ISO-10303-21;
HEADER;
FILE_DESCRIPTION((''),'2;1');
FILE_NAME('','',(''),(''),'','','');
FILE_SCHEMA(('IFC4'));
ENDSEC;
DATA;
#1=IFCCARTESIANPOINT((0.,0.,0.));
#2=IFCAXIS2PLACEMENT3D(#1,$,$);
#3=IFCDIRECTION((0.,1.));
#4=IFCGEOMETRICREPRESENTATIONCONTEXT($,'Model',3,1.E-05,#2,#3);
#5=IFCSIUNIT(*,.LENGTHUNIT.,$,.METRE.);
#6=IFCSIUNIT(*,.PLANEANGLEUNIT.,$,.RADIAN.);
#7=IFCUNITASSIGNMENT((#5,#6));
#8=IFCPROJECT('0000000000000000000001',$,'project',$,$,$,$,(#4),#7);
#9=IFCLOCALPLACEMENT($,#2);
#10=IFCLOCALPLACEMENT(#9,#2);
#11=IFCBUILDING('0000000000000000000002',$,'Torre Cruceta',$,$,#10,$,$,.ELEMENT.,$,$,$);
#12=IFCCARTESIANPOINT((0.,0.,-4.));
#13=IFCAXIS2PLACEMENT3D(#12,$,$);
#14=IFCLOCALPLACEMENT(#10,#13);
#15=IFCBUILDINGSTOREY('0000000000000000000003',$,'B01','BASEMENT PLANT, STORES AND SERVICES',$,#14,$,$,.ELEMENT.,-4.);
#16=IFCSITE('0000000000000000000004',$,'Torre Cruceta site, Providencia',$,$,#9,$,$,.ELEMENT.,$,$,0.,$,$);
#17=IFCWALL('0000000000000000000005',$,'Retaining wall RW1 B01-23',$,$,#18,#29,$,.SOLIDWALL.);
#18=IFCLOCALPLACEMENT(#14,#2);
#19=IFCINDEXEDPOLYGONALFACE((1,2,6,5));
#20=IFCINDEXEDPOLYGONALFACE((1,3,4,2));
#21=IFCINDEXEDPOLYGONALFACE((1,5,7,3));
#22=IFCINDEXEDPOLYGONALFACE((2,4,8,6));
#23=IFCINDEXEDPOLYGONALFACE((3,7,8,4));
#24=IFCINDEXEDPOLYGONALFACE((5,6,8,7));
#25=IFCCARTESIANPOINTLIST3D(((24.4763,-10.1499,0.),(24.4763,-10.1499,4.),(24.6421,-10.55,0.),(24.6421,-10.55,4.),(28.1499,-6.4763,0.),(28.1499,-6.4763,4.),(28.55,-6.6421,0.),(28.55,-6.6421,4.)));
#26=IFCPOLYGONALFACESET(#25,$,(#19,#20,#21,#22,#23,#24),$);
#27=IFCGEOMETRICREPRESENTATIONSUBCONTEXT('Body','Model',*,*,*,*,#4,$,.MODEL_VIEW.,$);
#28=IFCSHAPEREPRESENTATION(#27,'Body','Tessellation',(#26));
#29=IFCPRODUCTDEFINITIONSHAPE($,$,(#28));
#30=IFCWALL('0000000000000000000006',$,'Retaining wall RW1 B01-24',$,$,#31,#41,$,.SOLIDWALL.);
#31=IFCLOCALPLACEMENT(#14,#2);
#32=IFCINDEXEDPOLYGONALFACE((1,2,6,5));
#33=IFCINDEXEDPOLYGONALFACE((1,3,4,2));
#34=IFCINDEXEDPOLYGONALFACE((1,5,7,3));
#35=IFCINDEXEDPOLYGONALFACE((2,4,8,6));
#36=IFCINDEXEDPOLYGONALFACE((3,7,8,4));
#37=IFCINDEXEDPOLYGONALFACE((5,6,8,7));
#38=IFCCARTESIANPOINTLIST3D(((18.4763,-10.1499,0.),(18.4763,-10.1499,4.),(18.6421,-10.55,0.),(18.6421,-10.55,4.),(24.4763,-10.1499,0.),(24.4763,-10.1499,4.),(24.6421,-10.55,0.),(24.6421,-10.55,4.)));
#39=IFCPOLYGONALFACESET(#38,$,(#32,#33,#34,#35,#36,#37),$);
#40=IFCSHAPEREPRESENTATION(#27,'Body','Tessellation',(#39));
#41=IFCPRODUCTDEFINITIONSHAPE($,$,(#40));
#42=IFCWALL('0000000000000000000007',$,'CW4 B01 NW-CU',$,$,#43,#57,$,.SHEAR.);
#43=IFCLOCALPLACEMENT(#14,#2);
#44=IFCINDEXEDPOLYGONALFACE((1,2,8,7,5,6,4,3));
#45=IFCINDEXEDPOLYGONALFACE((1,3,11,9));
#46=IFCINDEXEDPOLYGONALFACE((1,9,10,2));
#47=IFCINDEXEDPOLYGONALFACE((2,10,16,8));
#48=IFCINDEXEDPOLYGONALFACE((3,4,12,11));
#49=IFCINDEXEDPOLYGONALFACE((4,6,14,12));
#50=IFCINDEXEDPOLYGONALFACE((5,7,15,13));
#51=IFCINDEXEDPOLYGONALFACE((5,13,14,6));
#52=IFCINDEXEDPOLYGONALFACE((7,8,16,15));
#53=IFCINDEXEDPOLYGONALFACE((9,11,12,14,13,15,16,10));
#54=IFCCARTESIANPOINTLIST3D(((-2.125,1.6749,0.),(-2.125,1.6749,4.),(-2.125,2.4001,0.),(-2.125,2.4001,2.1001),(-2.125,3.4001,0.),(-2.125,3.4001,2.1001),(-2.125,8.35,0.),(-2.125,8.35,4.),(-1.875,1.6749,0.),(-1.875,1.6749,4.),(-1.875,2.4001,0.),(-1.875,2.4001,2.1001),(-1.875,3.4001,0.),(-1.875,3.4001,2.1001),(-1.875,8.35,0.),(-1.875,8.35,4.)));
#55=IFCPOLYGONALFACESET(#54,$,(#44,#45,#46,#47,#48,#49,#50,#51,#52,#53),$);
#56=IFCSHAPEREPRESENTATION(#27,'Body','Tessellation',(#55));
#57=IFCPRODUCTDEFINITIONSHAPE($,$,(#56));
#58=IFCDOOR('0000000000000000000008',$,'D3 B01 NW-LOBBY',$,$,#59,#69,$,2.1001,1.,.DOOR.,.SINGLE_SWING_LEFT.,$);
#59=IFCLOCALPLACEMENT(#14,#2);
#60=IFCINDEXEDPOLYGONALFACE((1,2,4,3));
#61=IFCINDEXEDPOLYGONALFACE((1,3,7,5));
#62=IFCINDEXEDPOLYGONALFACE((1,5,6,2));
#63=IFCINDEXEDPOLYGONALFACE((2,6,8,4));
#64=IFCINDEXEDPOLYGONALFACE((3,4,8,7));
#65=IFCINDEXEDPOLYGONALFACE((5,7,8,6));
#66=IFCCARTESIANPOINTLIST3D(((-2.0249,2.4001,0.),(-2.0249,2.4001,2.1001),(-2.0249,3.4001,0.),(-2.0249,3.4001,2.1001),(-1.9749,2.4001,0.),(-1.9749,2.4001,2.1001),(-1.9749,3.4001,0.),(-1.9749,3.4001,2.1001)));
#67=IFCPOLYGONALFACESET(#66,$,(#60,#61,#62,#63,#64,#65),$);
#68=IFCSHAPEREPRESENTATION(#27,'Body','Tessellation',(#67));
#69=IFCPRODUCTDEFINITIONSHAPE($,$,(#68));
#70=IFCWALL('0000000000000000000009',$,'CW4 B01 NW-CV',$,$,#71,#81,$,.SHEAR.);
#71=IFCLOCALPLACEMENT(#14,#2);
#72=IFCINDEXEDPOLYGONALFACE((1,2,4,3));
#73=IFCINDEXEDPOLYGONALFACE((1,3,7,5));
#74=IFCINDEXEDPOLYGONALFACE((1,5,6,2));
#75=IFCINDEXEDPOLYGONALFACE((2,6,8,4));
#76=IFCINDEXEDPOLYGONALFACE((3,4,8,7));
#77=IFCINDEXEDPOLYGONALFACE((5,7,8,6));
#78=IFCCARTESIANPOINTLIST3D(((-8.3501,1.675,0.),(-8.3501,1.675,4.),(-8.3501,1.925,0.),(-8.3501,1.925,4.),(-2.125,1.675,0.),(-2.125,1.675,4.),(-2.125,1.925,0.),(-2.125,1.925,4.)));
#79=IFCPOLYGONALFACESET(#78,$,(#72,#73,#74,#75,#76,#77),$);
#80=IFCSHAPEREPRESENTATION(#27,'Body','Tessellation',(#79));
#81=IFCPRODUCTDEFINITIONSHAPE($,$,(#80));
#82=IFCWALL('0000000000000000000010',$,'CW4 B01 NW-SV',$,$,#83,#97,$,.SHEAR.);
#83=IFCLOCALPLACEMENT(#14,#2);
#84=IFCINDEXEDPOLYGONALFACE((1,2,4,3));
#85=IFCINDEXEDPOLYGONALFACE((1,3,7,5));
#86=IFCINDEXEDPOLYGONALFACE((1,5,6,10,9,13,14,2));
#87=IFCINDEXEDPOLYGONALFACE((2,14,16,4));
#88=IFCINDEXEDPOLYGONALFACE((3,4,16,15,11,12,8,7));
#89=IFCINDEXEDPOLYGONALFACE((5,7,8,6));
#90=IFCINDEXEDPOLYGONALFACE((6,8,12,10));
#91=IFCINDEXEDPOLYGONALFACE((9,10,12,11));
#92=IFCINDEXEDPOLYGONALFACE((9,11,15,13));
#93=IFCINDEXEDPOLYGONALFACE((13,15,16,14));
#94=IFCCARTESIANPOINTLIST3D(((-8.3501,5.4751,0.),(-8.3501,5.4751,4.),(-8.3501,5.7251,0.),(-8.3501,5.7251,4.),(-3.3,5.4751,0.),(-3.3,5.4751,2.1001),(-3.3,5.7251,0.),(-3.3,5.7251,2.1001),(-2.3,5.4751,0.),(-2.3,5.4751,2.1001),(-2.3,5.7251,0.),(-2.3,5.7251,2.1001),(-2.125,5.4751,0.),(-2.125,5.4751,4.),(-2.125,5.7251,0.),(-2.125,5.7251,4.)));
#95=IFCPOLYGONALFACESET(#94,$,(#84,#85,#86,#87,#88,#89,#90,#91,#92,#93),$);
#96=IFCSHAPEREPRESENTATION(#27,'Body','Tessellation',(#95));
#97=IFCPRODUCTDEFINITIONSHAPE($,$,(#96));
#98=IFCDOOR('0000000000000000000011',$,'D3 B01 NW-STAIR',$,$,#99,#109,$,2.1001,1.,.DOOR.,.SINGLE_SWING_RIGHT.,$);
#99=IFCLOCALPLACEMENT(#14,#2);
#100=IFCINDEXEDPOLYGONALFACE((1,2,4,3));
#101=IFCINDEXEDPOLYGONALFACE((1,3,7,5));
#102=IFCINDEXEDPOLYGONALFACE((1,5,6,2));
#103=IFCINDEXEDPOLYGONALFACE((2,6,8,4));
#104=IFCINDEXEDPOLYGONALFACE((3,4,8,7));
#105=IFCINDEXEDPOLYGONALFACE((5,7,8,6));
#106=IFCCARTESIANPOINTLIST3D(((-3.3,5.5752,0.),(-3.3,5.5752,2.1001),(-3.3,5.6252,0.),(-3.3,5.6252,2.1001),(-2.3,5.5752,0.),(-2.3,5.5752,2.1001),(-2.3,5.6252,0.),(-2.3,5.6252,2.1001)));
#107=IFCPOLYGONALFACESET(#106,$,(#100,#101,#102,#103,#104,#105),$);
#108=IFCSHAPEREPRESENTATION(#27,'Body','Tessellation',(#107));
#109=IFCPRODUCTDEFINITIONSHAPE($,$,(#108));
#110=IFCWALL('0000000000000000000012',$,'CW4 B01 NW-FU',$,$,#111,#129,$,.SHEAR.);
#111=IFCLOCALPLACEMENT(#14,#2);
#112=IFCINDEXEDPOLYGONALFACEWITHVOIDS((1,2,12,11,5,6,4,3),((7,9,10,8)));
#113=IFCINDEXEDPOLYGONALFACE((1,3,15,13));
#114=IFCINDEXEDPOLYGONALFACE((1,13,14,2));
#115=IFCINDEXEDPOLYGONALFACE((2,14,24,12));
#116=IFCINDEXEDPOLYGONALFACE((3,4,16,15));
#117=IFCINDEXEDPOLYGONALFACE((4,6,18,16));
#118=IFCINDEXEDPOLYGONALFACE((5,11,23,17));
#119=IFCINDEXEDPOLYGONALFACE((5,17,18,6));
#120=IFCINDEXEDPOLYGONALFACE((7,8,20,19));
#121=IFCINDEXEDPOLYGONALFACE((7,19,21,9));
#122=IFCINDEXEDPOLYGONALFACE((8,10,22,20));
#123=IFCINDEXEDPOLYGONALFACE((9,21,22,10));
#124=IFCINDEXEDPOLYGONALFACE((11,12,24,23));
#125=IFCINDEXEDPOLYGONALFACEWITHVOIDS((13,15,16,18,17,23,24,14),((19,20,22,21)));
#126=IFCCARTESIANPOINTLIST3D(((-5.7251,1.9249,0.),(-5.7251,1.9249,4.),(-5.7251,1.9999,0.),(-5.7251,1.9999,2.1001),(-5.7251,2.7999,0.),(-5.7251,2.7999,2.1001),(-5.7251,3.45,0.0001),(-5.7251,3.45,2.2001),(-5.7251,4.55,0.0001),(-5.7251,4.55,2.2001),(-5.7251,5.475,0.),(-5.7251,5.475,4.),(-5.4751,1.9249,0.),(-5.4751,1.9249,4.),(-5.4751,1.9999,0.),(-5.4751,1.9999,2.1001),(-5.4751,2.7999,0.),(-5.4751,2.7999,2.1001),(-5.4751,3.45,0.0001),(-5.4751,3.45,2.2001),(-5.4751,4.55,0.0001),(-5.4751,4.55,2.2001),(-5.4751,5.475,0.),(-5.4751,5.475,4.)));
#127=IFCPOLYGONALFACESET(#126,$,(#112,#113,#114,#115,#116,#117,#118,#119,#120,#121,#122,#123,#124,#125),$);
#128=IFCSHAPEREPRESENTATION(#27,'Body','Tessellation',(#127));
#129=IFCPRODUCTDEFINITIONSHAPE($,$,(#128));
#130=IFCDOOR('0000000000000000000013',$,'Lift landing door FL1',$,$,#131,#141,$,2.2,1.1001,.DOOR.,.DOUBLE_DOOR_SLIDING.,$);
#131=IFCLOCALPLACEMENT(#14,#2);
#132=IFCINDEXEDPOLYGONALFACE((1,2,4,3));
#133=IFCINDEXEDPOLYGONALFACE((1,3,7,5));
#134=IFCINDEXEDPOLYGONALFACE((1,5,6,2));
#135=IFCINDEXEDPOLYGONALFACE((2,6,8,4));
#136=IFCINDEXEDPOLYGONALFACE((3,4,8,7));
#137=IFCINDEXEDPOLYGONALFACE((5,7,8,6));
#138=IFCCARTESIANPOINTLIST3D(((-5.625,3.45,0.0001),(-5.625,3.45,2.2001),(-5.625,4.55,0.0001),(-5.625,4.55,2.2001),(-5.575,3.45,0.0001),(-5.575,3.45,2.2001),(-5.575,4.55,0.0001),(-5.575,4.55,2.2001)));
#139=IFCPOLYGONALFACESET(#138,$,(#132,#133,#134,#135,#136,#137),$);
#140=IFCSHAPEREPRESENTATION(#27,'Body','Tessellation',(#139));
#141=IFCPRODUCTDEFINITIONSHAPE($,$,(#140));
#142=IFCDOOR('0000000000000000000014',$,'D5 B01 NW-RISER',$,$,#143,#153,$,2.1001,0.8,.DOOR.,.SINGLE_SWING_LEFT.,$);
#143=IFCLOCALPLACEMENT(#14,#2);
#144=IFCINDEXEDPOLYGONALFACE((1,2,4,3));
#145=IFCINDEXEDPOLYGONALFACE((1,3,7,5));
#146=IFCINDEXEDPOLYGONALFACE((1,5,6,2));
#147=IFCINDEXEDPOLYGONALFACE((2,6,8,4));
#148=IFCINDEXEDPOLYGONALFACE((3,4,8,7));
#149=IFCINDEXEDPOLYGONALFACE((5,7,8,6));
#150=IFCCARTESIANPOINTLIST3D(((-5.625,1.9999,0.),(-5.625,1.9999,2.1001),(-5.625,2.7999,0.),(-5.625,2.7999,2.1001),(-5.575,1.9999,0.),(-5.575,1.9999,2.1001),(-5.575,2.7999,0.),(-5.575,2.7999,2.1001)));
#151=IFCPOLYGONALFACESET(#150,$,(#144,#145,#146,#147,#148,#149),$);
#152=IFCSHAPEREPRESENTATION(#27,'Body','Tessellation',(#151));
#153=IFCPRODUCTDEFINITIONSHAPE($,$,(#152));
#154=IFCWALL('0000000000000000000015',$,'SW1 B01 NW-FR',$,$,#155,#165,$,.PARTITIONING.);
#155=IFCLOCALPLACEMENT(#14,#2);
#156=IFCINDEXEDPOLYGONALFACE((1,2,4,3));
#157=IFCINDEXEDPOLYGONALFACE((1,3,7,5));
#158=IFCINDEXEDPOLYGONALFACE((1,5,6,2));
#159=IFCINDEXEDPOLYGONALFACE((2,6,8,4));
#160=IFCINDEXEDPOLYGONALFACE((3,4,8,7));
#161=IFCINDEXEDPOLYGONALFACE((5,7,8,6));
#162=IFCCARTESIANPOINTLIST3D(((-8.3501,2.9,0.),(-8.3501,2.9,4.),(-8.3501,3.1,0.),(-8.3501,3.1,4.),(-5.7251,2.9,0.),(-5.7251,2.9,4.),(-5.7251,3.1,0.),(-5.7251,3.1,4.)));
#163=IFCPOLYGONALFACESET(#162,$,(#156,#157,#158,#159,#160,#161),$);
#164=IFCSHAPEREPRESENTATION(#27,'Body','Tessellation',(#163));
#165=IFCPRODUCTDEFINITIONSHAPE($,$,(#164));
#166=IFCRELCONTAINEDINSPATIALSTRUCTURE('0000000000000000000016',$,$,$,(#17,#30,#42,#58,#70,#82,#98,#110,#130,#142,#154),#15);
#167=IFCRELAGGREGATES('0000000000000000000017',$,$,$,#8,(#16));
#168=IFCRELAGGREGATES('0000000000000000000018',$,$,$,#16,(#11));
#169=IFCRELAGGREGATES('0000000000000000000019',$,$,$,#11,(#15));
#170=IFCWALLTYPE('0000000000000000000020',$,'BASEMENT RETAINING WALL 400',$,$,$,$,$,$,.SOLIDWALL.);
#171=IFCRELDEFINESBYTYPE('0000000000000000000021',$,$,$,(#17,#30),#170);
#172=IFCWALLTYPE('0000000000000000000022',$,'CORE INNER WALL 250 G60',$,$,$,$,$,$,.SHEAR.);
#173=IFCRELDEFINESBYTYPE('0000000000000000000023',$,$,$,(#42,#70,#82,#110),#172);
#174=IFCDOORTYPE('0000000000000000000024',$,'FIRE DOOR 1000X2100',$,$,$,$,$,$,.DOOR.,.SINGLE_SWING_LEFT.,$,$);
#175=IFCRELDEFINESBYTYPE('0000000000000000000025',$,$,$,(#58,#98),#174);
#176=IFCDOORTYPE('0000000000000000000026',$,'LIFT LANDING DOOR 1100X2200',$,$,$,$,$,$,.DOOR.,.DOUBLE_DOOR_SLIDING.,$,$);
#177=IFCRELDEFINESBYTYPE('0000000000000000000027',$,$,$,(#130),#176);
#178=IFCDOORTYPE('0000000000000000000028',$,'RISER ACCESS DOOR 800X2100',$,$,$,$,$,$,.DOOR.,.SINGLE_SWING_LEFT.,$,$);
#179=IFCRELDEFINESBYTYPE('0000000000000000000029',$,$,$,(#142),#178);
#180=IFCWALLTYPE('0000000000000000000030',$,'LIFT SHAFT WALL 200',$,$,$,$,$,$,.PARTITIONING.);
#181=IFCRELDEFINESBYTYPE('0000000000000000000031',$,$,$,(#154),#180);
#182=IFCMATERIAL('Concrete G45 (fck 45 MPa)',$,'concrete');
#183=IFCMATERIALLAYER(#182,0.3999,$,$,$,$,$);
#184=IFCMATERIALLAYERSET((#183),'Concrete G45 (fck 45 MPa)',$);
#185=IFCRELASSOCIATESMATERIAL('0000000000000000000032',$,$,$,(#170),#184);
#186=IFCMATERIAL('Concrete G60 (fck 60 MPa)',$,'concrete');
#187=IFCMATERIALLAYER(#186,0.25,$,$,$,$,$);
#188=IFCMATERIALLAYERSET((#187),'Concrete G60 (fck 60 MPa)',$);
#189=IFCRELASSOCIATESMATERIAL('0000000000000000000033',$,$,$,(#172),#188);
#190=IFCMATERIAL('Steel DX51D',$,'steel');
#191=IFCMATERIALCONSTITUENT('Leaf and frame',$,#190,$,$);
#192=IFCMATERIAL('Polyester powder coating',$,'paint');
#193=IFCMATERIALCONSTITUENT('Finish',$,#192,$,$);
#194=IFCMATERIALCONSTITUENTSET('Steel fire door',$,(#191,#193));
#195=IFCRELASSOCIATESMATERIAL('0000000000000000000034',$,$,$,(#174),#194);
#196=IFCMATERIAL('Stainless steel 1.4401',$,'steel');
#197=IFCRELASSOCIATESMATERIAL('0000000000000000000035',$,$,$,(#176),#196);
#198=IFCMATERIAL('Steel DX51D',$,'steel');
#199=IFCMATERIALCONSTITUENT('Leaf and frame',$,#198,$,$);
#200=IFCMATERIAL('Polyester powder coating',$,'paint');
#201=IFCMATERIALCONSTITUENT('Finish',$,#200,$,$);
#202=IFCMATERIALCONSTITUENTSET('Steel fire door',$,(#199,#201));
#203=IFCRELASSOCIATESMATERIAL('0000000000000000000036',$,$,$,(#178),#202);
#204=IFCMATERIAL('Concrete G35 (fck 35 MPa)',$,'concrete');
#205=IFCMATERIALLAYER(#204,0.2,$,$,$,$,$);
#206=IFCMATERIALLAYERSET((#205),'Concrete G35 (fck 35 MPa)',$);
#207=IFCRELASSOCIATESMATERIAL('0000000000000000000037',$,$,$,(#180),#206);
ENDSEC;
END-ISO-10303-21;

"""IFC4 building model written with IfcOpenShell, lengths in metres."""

from ifc_helpers import new_model, si_unit, direction, frame, frame_2d, origin, place, context, subcontext, project, spatial, polyline, rectangle, outline, extrude, material, layer, layer_set, constituent, constituent_set, type_object, element, fill, save


model = new_model("IFC4")

# Units and contexts
model_context = context("Model", 3, precision=1e-05, world=origin(), true_north=direction((0.0, 1.0)))
body_context = subcontext(model_context, "Body", "Model", "MODEL_VIEW")
ifc_project = project(units=[si_unit("LENGTHUNIT", "METRE"), si_unit("PLANEANGLEUNIT", "RADIAN")], contexts=[model_context])

# Site, building, storey
site_placement = place(None, origin())
site = spatial("IfcSite", under=ifc_project, at=site_placement, Name="Torre Cruceta site, Providencia", CompositionType="ELEMENT", RefElevation=0.0)
building_placement = place(site_placement, origin())
building = spatial("IfcBuilding", under=site, at=building_placement, Name="Torre Cruceta", CompositionType="ELEMENT")
storey_placement = place(building_placement, frame((0.0, 0.0, -4.0)))
storey = spatial("IfcBuildingStorey", under=building, at=storey_placement, Name="B01", Description="BASEMENT PLANT, STORES AND SERVICES", CompositionType="ELEMENT", Elevation=-4.0)

# Walls
ifc_material_1 = material(Name="Concrete G45 (fck 45 MPa)", Category="concrete")
ifc_layer_1 = layer(ifc_material_1, 0.3999)
ifc_layer_set_1 = layer_set([ifc_layer_1], Name="Concrete G45 (fck 45 MPa)")
wall_type_1 = type_object("IfcWallType", Name="BASEMENT RETAINING WALL 400", PredefinedType="SOLIDWALL", material=ifc_layer_set_1)
wall_1_placement = place(storey_placement, origin())
element("IfcWall", 1, at=wall_1_placement, inside=storey, type_object=wall_type_1, Name="Retaining wall RW1 B01-23", PredefinedType="SOLIDWALL", context=body_context, shape_type="SweptSolid", body=[
    extrude(outline(polyline([(28.1499, -6.4763), (28.55, -6.6421), (24.6421, -10.55), (24.4763, -10.1499), (28.1499, -6.4763)])), origin(), (0.0, 0.0, 1.0), 4.0),
])
wall_2_placement = place(storey_placement, origin())
element("IfcWall", 2, at=wall_2_placement, inside=storey, type_object=wall_type_1, Name="Retaining wall RW1 B01-24", PredefinedType="SOLIDWALL", context=body_context, shape_type="SweptSolid", body=[
    extrude(outline(polyline([(24.4763, -10.1499), (24.6421, -10.55), (18.6421, -10.55), (18.4763, -10.1499), (24.4763, -10.1499)])), origin(), (0.0, 0.0, 1.0), 4.0),
])

# Wall, opening, door
ifc_material_2 = material(Name="Concrete G60 (fck 60 MPa)", Category="concrete")
ifc_layer_2 = layer(ifc_material_2, 0.25)
ifc_layer_set_2 = layer_set([ifc_layer_2], Name="Concrete G60 (fck 60 MPa)")
wall_type_2 = type_object("IfcWallType", Name="CORE INNER WALL 250 G60", PredefinedType="SHEAR", material=ifc_layer_set_2)
wall_3_placement = place(storey_placement, frame((-2.0, 1.675, 0.0), z_axis=(0.0, 0.0, 1.0), x_axis=(0.0, 1.0, 0.0)))
wall_3 = element("IfcWall", 3, at=wall_3_placement, inside=storey, type_object=wall_type_2, Name="CW4 B01 NW-CU", PredefinedType="SHEAR", context=body_context, shape_type="SweptSolid", body=[
    extrude(rectangle(XDim=6.675, YDim=0.25, at=frame_2d((3.3374, 0.0))), origin(), (0.0, 0.0, 1.0), 4.0),
])
opening_1_placement = place(wall_3_placement, frame((0.7251, 0.0, 0.0)))
opening_1 = element("IfcOpeningElement", 4, at=opening_1_placement, cuts=wall_3, PredefinedType="OPENING", context=body_context, shape_type="SweptSolid", body=[
    extrude(rectangle(XDim=1.0, YDim=2.1001, at=frame_2d((0.5, 1.05))), frame((0.0, 0.135, 0.0), z_axis=(0.0, -1.0, 0.0), x_axis=(1.0, 0.0, 0.0)), (0.0, 0.0, 1.0), 0.27),
])
ifc_material_3 = material(Name="Steel DX51D", Category="steel")
ifc_constituent_1 = constituent(ifc_material_3, Name="Leaf and frame")
ifc_material_4 = material(Name="Polyester powder coating", Category="paint")
ifc_constituent_2 = constituent(ifc_material_4, Name="Finish")
ifc_constituent_set_1 = constituent_set(constituents=[ifc_constituent_1, ifc_constituent_2], Name="Steel fire door")
door_type_1 = type_object("IfcDoorType", Name="FIRE DOOR 1000X2100", OperationType="SINGLE_SWING_LEFT", PredefinedType="DOOR", material=ifc_constituent_set_1)
door_1_placement = place(opening_1_placement, origin())
door_1 = element("IfcDoor", 5, at=door_1_placement, inside=storey, type_object=door_type_1, Name="D3 B01 NW-LOBBY", OperationType="SINGLE_SWING_LEFT", OverallHeight=2.1001, OverallWidth=1.0, PredefinedType="DOOR", context=body_context, shape_type="SweptSolid", body=[
    extrude(rectangle(XDim=1.0, YDim=2.1001, at=frame_2d((0.5, 1.05))), frame((0.0, 0.0249, 0.0), z_axis=(0.0, -1.0, 0.0), x_axis=(1.0, 0.0, 0.0)), (0.0, 0.0, 1.0), 0.05),
])
fill(opening_1, door_1)

# Wall
wall_4_placement = place(storey_placement, frame((-2.125, 1.8, 0.0), z_axis=(0.0, 0.0, 1.0), x_axis=(-1.0, 0.0, 0.0)))
element("IfcWall", 6, at=wall_4_placement, inside=storey, type_object=wall_type_2, Name="CW4 B01 NW-CV", PredefinedType="SHEAR", context=body_context, shape_type="SweptSolid", body=[
    extrude(rectangle(XDim=6.2251, YDim=0.25, at=frame_2d((3.1125, 0.0))), origin(), (0.0, 0.0, 1.0), 4.0),
])

# Wall, opening, door
wall_5_placement = place(storey_placement, frame((-2.125, 5.6001, 0.0), z_axis=(0.0, 0.0, 1.0), x_axis=(-1.0, 0.0, 0.0)))
wall_5 = element("IfcWall", 7, at=wall_5_placement, inside=storey, type_object=wall_type_2, Name="CW4 B01 NW-SV", PredefinedType="SHEAR", context=body_context, shape_type="SweptSolid", body=[
    extrude(rectangle(XDim=6.2251, YDim=0.25, at=frame_2d((3.1125, 0.0))), origin(), (0.0, 0.0, 1.0), 4.0),
])
opening_2_placement = place(wall_5_placement, frame((0.175, 0.0, 0.0)))
opening_2 = element("IfcOpeningElement", 8, at=opening_2_placement, cuts=wall_5, PredefinedType="OPENING", context=body_context, shape_type="SweptSolid", body=[
    extrude(rectangle(XDim=1.0, YDim=2.1001, at=frame_2d((0.5, 1.05))), frame((0.0, 0.135, 0.0), z_axis=(0.0, -1.0, 0.0), x_axis=(1.0, 0.0, 0.0)), (0.0, 0.0, 1.0), 0.27),
])
door_2_placement = place(opening_2_placement, frame((1.0, 0.0, 0.0), z_axis=(0.0, 0.0, 1.0), x_axis=(-1.0, 0.0, 0.0)))
door_2 = element("IfcDoor", 9, at=door_2_placement, inside=storey, type_object=door_type_1, Name="D3 B01 NW-STAIR", OperationType="SINGLE_SWING_RIGHT", OverallHeight=2.1001, OverallWidth=1.0, PredefinedType="DOOR", context=body_context, shape_type="SweptSolid", body=[
    extrude(rectangle(XDim=1.0, YDim=2.1001, at=frame_2d((0.5, 1.05))), frame((0.0, 0.0251, 0.0), z_axis=(0.0, -1.0, 0.0), x_axis=(1.0, 0.0, 0.0)), (0.0, 0.0, 1.0), 0.05),
])
fill(opening_2, door_2)

# Wall, openings, doors
wall_6_placement = place(storey_placement, frame((-5.6001, 1.925, 0.0), z_axis=(0.0, 0.0, 1.0), x_axis=(0.0, 1.0, 0.0)))
wall_6 = element("IfcWall", 10, at=wall_6_placement, inside=storey, type_object=wall_type_2, Name="CW4 B01 NW-FU", PredefinedType="SHEAR", context=body_context, shape_type="SweptSolid", body=[
    extrude(rectangle(XDim=3.55, YDim=0.25, at=frame_2d((1.7749, 0.0))), origin(), (0.0, 0.0, 1.0), 4.0),
])
opening_3_placement = place(wall_6_placement, frame((1.5249, 0.0, 0.0)))
opening_3 = element("IfcOpeningElement", 11, at=opening_3_placement, cuts=wall_6, PredefinedType="OPENING", context=body_context, shape_type="SweptSolid", body=[
    extrude(rectangle(XDim=1.1001, YDim=2.2, at=frame_2d((0.55, 1.1001))), frame((0.0, 0.135, 0.0), z_axis=(0.0, -1.0, 0.0), x_axis=(1.0, 0.0, 0.0)), (0.0, 0.0, 1.0), 0.27),
])
opening_4_placement = place(wall_6_placement, frame((0.075, 0.0, 0.0)))
opening_4 = element("IfcOpeningElement", 12, at=opening_4_placement, cuts=wall_6, PredefinedType="OPENING", context=body_context, shape_type="SweptSolid", body=[
    extrude(rectangle(XDim=0.8, YDim=2.1001, at=frame_2d((0.3999, 1.05))), frame((0.0, 0.135, 0.0), z_axis=(0.0, -1.0, 0.0), x_axis=(1.0, 0.0, 0.0)), (0.0, 0.0, 1.0), 0.27),
])
ifc_material_5 = material(Name="Stainless steel 1.4401", Category="steel")
door_type_2 = type_object("IfcDoorType", Name="LIFT LANDING DOOR 1100X2200", OperationType="DOUBLE_DOOR_SLIDING", PredefinedType="DOOR", material=ifc_material_5)
door_3_placement = place(opening_3_placement, origin())
door_3 = element("IfcDoor", 13, at=door_3_placement, inside=storey, type_object=door_type_2, Name="Lift landing door FL1", OperationType="DOUBLE_DOOR_SLIDING", OverallHeight=2.2, OverallWidth=1.1001, PredefinedType="DOOR", context=body_context, shape_type="SweptSolid", body=[
    extrude(rectangle(XDim=1.1001, YDim=2.2, at=frame_2d((0.55, 1.1001))), frame((0.0, 0.0249, 0.0), z_axis=(0.0, -1.0, 0.0), x_axis=(1.0, 0.0, 0.0)), (0.0, 0.0, 1.0), 0.05),
])
fill(opening_3, door_3)
ifc_material_6 = material(Name="Steel DX51D", Category="steel")
ifc_constituent_3 = constituent(ifc_material_6, Name="Leaf and frame")
ifc_material_7 = material(Name="Polyester powder coating", Category="paint")
ifc_constituent_4 = constituent(ifc_material_7, Name="Finish")
ifc_constituent_set_2 = constituent_set(constituents=[ifc_constituent_3, ifc_constituent_4], Name="Steel fire door")
door_type_3 = type_object("IfcDoorType", Name="RISER ACCESS DOOR 800X2100", OperationType="SINGLE_SWING_LEFT", PredefinedType="DOOR", material=ifc_constituent_set_2)
door_4_placement = place(opening_4_placement, origin())
door_4 = element("IfcDoor", 14, at=door_4_placement, inside=storey, type_object=door_type_3, Name="D5 B01 NW-RISER", OperationType="SINGLE_SWING_LEFT", OverallHeight=2.1001, OverallWidth=0.8, PredefinedType="DOOR", context=body_context, shape_type="SweptSolid", body=[
    extrude(rectangle(XDim=0.8, YDim=2.1001, at=frame_2d((0.3999, 1.05))), frame((0.0, 0.0249, 0.0), z_axis=(0.0, -1.0, 0.0), x_axis=(1.0, 0.0, 0.0)), (0.0, 0.0, 1.0), 0.05),
])
fill(opening_4, door_4)

# Wall
ifc_material_8 = material(Name="Concrete G35 (fck 35 MPa)", Category="concrete")
ifc_layer_3 = layer(ifc_material_8, 0.2)
ifc_layer_set_3 = layer_set([ifc_layer_3], Name="Concrete G35 (fck 35 MPa)")
wall_type_3 = type_object("IfcWallType", Name="LIFT SHAFT WALL 200", PredefinedType="PARTITIONING", material=ifc_layer_set_3)
wall_7_placement = place(storey_placement, frame((-5.7251, 3.0, 0.0), z_axis=(0.0, 0.0, 1.0), x_axis=(-1.0, 0.0, 0.0)))
element("IfcWall", 15, at=wall_7_placement, inside=storey, type_object=wall_type_3, Name="SW1 B01 NW-FR", PredefinedType="PARTITIONING", context=body_context, shape_type="SweptSolid", body=[
    extrude(rectangle(XDim=2.625, YDim=0.2, at=frame_2d((1.3125, 0.0))), origin(), (0.0, 0.0, 1.0), 4.0),
])

save(model, "model.ifc")
